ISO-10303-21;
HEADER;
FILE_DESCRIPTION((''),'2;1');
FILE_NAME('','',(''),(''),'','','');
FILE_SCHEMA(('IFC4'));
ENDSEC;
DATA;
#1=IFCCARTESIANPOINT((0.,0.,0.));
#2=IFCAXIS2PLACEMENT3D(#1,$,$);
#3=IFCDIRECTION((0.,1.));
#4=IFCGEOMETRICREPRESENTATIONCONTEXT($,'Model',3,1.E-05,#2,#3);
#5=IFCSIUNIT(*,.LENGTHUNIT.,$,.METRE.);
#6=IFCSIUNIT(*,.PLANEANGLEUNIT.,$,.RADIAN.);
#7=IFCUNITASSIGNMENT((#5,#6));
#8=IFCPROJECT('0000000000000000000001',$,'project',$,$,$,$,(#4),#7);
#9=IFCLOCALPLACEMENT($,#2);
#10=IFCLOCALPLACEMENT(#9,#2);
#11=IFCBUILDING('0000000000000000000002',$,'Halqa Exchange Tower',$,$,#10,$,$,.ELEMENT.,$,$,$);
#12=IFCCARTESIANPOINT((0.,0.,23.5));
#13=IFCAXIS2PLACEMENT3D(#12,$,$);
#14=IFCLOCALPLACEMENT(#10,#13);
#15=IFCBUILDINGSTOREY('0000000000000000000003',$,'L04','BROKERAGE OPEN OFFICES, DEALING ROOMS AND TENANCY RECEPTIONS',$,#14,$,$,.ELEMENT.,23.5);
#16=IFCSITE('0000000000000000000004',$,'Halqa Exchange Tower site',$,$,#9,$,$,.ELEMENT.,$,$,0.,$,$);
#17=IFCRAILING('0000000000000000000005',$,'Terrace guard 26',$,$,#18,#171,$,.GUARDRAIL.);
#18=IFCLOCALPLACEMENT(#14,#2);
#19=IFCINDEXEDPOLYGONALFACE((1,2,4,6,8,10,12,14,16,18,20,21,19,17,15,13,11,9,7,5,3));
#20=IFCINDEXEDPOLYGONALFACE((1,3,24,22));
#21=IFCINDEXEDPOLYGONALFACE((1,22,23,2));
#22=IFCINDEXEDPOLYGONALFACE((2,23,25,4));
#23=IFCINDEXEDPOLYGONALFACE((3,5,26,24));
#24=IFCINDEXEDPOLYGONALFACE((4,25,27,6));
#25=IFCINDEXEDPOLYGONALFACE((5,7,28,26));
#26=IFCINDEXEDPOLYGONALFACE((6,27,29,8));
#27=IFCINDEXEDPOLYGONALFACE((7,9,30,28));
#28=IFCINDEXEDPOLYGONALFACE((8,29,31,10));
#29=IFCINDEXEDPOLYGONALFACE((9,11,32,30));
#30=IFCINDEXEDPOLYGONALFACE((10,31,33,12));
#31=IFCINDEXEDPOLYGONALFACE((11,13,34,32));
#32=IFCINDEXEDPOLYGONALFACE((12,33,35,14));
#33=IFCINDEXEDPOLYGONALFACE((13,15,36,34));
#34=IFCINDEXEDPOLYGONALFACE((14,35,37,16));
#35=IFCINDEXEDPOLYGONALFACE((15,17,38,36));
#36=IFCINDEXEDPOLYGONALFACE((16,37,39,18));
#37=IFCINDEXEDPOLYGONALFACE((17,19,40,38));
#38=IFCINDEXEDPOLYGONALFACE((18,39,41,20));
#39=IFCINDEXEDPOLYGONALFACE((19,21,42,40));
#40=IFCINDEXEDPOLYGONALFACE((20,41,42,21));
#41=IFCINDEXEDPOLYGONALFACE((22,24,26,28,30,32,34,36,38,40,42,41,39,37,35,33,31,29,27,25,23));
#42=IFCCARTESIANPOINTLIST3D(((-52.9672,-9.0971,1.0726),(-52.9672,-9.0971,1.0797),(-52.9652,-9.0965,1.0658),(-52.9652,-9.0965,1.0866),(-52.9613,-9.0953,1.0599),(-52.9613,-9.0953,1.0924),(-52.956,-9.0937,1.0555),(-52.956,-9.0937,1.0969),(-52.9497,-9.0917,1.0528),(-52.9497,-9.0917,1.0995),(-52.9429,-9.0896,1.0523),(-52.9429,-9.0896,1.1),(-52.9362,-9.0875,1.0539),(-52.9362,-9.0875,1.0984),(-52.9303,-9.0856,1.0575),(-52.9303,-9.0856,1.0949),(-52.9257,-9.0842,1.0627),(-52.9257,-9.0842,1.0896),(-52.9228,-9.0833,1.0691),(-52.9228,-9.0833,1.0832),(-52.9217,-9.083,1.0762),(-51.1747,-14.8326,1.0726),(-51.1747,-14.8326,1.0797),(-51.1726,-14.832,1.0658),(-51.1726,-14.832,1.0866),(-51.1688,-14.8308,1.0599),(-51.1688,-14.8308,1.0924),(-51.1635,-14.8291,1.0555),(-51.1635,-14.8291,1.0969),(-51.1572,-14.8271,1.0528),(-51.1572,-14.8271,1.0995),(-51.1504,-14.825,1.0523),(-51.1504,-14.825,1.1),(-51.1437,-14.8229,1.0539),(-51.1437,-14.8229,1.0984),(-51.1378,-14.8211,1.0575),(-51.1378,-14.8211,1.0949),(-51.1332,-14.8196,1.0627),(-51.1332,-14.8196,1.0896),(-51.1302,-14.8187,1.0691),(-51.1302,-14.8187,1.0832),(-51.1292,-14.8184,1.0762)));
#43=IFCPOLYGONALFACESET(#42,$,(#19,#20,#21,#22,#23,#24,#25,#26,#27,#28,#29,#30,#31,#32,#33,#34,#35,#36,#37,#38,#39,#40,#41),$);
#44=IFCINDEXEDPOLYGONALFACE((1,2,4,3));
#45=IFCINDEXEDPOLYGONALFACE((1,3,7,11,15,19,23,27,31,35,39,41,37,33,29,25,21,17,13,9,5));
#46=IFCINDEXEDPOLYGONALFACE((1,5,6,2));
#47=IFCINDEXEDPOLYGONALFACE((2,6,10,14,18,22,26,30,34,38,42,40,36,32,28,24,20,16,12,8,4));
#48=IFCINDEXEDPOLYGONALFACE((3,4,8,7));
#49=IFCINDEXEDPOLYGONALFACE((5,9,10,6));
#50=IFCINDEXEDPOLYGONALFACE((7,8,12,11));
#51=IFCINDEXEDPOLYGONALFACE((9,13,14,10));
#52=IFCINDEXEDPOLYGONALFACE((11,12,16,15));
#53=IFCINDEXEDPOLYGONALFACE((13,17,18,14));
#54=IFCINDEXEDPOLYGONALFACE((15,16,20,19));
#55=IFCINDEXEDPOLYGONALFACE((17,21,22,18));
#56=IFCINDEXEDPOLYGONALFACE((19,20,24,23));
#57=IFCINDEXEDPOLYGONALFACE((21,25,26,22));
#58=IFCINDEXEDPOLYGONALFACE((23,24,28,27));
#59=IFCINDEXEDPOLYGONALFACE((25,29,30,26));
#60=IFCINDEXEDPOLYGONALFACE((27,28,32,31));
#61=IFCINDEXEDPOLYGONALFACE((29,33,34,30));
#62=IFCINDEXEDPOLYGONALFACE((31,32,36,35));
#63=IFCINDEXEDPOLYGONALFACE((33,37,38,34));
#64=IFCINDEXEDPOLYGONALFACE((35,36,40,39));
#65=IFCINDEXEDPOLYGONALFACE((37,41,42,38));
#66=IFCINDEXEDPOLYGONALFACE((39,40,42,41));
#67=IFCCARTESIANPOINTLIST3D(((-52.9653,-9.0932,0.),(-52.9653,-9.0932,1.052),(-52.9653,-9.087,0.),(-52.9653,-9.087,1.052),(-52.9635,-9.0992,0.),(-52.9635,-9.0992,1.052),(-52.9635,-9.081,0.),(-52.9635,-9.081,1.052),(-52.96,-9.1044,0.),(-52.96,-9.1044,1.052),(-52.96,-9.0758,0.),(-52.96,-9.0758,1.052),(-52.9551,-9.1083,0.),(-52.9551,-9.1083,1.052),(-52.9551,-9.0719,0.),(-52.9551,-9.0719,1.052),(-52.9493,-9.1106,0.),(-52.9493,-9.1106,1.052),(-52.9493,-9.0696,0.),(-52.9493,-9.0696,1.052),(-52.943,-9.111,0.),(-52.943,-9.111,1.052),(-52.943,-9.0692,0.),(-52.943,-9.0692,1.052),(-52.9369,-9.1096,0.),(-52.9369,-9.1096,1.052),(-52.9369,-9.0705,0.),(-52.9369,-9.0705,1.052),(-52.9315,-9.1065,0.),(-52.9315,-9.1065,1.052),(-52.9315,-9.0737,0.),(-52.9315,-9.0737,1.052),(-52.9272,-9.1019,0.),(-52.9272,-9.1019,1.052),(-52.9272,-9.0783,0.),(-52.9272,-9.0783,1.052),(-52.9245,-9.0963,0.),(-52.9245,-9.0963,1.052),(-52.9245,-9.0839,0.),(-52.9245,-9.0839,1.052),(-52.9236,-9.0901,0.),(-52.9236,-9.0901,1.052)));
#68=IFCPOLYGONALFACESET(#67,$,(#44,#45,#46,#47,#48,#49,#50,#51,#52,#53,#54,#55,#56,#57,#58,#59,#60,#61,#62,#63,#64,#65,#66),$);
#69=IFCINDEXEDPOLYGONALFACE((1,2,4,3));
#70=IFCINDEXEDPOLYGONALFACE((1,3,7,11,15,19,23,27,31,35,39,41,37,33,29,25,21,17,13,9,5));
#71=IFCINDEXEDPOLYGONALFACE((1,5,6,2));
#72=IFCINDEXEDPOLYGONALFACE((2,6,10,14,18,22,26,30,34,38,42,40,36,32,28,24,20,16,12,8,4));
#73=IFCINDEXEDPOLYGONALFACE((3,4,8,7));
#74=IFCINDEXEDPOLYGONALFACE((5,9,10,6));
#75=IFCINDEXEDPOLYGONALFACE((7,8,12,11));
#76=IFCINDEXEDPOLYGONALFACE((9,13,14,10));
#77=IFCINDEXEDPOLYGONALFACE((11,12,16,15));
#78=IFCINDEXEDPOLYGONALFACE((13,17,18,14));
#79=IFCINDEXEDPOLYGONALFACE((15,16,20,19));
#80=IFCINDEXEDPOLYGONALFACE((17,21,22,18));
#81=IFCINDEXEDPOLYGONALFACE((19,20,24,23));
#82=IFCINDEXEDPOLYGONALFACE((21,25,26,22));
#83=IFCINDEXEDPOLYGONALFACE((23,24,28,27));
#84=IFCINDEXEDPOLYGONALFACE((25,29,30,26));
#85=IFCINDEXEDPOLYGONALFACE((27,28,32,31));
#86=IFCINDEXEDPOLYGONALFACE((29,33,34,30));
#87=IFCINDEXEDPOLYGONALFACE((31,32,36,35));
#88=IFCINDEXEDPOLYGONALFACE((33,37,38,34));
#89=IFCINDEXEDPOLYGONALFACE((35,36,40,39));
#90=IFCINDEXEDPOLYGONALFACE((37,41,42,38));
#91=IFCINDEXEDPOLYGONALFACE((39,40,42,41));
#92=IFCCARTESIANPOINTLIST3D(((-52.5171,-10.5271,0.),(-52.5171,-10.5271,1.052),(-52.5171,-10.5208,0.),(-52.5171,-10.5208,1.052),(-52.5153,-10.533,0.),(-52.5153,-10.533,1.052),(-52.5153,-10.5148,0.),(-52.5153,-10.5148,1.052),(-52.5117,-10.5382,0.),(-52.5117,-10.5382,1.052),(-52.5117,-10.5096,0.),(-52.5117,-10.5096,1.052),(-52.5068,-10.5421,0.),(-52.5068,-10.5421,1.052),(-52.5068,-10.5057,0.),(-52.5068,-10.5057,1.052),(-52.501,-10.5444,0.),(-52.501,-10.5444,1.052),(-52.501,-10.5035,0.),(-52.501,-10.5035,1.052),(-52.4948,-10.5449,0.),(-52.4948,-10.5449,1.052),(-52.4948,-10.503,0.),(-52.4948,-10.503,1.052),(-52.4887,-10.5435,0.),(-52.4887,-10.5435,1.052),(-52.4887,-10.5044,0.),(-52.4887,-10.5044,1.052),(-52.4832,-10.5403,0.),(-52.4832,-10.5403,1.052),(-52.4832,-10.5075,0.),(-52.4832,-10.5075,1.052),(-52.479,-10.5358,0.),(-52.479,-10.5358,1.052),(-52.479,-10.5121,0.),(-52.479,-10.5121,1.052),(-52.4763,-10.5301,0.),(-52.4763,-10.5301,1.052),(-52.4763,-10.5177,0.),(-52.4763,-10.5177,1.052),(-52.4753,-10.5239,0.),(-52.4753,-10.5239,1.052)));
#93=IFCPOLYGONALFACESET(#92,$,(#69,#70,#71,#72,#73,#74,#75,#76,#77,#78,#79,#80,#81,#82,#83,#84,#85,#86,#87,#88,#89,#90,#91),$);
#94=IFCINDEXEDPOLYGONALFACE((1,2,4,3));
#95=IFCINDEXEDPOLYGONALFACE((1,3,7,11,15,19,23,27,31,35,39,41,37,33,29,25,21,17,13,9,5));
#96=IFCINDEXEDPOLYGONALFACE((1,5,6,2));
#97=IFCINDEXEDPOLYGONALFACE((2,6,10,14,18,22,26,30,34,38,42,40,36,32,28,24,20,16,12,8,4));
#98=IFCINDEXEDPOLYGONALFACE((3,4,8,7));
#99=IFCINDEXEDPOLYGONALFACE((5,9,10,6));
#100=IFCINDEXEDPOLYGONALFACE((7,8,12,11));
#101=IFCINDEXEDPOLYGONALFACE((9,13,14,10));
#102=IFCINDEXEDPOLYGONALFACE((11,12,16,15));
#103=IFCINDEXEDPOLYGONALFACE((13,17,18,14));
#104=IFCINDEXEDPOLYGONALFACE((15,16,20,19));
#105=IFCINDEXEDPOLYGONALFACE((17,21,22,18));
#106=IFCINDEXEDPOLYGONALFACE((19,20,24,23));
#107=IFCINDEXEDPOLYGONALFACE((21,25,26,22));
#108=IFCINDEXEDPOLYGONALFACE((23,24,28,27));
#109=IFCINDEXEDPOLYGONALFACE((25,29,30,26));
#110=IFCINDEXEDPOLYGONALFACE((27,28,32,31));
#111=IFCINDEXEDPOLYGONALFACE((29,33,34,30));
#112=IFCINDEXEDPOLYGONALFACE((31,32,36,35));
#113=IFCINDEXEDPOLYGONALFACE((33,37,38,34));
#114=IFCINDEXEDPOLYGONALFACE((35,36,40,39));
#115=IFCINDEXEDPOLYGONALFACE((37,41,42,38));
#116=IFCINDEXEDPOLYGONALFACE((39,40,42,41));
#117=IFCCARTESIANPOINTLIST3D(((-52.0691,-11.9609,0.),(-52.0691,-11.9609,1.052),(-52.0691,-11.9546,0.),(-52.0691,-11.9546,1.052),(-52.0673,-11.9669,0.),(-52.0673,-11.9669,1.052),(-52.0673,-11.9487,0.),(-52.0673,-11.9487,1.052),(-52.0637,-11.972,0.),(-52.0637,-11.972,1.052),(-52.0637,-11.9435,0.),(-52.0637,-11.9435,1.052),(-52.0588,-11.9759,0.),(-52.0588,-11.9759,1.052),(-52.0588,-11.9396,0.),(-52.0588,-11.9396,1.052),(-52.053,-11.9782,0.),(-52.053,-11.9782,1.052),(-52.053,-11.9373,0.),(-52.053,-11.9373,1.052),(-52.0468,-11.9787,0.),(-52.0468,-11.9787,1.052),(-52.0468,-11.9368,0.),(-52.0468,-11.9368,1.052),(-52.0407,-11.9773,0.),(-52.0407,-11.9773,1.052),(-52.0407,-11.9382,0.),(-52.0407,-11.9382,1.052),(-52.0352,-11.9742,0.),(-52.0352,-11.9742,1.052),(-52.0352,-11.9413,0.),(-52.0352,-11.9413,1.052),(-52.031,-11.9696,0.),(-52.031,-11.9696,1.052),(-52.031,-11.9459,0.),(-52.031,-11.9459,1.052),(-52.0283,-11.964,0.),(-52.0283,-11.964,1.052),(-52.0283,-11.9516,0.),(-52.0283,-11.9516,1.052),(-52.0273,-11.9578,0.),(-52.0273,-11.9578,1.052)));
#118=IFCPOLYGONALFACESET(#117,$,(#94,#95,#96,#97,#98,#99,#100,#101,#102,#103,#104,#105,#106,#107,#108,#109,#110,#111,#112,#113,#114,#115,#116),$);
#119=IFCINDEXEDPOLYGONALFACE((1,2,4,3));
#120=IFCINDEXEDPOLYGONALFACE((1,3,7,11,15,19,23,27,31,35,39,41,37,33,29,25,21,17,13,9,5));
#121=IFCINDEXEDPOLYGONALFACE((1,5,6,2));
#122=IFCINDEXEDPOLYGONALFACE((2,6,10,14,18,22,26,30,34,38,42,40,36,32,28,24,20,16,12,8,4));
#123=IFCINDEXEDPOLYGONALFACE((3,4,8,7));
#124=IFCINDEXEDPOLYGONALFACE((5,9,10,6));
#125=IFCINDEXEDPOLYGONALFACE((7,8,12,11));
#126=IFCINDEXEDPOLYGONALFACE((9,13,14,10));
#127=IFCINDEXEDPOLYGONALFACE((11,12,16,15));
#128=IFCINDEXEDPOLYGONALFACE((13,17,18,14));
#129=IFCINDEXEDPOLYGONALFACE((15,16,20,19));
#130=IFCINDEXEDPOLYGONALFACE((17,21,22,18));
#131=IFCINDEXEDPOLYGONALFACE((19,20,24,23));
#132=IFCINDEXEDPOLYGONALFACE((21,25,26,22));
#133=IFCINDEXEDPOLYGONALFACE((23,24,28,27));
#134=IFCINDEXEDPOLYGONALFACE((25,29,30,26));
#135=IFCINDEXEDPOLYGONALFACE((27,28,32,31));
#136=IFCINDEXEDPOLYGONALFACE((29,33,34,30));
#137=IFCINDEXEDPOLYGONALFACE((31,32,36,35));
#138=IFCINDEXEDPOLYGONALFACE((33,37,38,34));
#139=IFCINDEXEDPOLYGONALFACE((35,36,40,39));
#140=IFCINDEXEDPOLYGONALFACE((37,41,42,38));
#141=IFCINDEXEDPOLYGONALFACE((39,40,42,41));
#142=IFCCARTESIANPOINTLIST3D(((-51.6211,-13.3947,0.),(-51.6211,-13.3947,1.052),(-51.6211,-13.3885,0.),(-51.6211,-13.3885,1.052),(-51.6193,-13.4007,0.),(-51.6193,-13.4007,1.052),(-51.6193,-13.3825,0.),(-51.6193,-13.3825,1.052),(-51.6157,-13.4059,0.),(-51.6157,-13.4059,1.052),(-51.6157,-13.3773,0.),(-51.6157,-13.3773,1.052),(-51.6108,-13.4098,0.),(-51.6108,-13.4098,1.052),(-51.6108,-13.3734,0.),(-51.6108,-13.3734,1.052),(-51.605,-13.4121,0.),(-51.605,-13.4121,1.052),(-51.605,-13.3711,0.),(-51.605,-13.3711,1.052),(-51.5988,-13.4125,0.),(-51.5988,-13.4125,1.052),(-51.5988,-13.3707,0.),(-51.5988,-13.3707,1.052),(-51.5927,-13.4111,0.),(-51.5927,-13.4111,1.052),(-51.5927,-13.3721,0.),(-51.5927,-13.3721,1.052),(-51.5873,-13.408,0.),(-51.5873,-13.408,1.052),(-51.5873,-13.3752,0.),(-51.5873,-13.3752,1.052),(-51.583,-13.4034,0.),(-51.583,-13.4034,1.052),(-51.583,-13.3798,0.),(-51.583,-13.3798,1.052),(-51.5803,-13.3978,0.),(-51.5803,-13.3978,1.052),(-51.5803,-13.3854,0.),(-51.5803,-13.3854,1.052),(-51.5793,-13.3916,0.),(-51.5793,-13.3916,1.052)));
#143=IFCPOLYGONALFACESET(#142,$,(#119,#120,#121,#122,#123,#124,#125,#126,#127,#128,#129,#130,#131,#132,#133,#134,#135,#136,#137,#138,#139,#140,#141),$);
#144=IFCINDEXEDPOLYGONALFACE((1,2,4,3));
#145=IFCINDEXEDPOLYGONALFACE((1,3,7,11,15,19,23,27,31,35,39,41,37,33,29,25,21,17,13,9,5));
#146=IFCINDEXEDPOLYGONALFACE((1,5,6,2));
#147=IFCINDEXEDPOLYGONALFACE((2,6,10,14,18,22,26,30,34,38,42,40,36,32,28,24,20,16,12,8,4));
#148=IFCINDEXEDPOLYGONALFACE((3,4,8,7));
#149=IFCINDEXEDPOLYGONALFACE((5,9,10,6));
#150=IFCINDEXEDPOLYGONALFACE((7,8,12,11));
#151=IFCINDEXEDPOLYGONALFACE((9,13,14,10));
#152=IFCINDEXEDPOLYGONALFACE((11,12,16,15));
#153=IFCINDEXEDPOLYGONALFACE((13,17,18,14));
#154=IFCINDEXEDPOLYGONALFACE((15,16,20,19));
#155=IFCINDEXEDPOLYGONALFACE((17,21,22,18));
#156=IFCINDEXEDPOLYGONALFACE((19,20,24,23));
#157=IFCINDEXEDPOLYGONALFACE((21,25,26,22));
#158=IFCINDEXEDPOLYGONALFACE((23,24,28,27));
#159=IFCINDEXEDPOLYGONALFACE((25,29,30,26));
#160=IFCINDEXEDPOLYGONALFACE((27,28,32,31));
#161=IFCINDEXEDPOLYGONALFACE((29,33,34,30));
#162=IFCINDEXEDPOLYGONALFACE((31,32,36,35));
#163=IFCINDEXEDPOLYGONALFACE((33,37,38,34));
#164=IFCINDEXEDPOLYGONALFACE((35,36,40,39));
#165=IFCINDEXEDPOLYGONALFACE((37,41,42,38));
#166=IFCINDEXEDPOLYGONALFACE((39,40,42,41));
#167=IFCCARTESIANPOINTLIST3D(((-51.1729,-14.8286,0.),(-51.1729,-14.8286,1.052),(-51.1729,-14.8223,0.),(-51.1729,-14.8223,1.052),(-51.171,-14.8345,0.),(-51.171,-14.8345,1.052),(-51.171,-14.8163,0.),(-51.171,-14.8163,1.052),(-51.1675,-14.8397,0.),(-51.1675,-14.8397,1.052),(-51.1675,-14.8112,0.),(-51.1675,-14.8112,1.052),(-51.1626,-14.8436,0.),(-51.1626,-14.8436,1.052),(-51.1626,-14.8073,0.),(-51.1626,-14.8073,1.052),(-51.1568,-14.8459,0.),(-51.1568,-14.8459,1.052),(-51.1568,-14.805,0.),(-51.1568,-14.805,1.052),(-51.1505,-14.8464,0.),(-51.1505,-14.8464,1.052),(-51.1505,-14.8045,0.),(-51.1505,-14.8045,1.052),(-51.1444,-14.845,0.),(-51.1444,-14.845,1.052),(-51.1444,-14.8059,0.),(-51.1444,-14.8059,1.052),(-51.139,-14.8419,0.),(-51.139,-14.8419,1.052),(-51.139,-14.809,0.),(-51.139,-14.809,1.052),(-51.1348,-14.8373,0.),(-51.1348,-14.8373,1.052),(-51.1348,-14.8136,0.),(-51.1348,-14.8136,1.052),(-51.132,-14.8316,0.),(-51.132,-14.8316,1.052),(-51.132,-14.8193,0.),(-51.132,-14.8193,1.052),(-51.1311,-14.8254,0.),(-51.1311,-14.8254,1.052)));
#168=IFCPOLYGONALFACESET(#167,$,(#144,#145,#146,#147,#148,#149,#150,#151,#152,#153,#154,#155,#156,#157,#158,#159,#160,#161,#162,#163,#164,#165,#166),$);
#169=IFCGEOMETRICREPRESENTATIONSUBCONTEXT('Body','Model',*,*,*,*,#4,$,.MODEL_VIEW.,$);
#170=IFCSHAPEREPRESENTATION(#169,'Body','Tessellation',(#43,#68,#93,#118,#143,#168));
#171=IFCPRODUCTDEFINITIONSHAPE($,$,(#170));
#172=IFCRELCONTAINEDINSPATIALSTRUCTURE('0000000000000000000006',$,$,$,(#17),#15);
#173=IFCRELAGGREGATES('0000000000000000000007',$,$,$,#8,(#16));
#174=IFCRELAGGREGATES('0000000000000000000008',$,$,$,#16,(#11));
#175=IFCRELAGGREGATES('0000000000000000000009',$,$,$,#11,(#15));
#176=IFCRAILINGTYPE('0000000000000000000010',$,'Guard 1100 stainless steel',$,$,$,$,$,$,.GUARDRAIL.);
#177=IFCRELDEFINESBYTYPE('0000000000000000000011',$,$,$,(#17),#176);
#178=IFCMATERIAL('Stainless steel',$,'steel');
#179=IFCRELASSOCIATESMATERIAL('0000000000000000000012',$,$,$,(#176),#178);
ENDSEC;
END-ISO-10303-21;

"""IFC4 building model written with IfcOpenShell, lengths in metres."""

from ifc_helpers import new_model, si_unit, direction, frame, origin, origin_2d, place, context, subcontext, project, spatial, circle, extrude, material, type_object, element, save


model = new_model("IFC4")

# Units and contexts
model_context = context("Model", 3, precision=1e-05, world=origin(), true_north=direction((0.0, 1.0)))
body_context = subcontext(model_context, "Body", "Model", "MODEL_VIEW")
ifc_project = project(units=[si_unit("LENGTHUNIT", "METRE"), si_unit("PLANEANGLEUNIT", "RADIAN")], contexts=[model_context])

# Site, building, storey
site_placement = place(None, origin())
site = spatial("IfcSite", under=ifc_project, at=site_placement, Name="Halqa Exchange Tower site", CompositionType="ELEMENT", RefElevation=0.0)
building_placement = place(site_placement, origin())
building = spatial("IfcBuilding", under=site, at=building_placement, Name="Halqa Exchange Tower", CompositionType="ELEMENT")
storey_placement = place(building_placement, frame((0.0, 0.0, 23.5)))
storey = spatial("IfcBuildingStorey", under=building, at=storey_placement, Name="L04", Description="BROKERAGE OPEN OFFICES, DEALING ROOMS AND TENANCY RECEPTIONS", CompositionType="ELEMENT", Elevation=23.5)

# Railing
ifc_material_1 = material(Name="Stainless steel", Category="steel")
railing_type = type_object("IfcRailingType", Name="Guard 1100 stainless steel", PredefinedType="GUARDRAIL", material=ifc_material_1)
railing_1_placement = place(storey_placement, frame((-52.9446, -9.0901, 0.0)))
element("IfcRailing", 1, at=railing_1_placement, inside=storey, type_object=railing_type, Name="Terrace guard 26", PredefinedType="GUARDRAIL", context=body_context, shape_type="SweptSolid", body=[
    extrude(circle(Radius=0.0239, at=origin_2d()), frame((0.0, 0.0, 1.0762), z_axis=(0.298303, -0.954471, 0.0), x_axis=(0.954471, 0.298303, 0.0)), (0.0, 0.0, 1.0), 6.009),
    extrude(circle(Radius=0.021, at=origin_2d()), origin(), (0.0, 0.0, 1.0), 1.052),
    extrude(circle(Radius=0.021, at=origin_2d()), frame((0.4482, -1.4338, 0.0)), (0.0, 0.0, 1.0), 1.052),
    extrude(circle(Radius=0.021, at=origin_2d()), frame((0.8962, -2.8677, 0.0)), (0.0, 0.0, 1.0), 1.052),
    extrude(circle(Radius=0.021, at=origin_2d()), frame((1.3442, -4.3015, 0.0)), (0.0, 0.0, 1.0), 1.052),
    extrude(circle(Radius=0.021, at=origin_2d()), frame((1.7925, -5.7354, 0.0)), (0.0, 0.0, 1.0), 1.052),
])

save(model, "model.ifc")
